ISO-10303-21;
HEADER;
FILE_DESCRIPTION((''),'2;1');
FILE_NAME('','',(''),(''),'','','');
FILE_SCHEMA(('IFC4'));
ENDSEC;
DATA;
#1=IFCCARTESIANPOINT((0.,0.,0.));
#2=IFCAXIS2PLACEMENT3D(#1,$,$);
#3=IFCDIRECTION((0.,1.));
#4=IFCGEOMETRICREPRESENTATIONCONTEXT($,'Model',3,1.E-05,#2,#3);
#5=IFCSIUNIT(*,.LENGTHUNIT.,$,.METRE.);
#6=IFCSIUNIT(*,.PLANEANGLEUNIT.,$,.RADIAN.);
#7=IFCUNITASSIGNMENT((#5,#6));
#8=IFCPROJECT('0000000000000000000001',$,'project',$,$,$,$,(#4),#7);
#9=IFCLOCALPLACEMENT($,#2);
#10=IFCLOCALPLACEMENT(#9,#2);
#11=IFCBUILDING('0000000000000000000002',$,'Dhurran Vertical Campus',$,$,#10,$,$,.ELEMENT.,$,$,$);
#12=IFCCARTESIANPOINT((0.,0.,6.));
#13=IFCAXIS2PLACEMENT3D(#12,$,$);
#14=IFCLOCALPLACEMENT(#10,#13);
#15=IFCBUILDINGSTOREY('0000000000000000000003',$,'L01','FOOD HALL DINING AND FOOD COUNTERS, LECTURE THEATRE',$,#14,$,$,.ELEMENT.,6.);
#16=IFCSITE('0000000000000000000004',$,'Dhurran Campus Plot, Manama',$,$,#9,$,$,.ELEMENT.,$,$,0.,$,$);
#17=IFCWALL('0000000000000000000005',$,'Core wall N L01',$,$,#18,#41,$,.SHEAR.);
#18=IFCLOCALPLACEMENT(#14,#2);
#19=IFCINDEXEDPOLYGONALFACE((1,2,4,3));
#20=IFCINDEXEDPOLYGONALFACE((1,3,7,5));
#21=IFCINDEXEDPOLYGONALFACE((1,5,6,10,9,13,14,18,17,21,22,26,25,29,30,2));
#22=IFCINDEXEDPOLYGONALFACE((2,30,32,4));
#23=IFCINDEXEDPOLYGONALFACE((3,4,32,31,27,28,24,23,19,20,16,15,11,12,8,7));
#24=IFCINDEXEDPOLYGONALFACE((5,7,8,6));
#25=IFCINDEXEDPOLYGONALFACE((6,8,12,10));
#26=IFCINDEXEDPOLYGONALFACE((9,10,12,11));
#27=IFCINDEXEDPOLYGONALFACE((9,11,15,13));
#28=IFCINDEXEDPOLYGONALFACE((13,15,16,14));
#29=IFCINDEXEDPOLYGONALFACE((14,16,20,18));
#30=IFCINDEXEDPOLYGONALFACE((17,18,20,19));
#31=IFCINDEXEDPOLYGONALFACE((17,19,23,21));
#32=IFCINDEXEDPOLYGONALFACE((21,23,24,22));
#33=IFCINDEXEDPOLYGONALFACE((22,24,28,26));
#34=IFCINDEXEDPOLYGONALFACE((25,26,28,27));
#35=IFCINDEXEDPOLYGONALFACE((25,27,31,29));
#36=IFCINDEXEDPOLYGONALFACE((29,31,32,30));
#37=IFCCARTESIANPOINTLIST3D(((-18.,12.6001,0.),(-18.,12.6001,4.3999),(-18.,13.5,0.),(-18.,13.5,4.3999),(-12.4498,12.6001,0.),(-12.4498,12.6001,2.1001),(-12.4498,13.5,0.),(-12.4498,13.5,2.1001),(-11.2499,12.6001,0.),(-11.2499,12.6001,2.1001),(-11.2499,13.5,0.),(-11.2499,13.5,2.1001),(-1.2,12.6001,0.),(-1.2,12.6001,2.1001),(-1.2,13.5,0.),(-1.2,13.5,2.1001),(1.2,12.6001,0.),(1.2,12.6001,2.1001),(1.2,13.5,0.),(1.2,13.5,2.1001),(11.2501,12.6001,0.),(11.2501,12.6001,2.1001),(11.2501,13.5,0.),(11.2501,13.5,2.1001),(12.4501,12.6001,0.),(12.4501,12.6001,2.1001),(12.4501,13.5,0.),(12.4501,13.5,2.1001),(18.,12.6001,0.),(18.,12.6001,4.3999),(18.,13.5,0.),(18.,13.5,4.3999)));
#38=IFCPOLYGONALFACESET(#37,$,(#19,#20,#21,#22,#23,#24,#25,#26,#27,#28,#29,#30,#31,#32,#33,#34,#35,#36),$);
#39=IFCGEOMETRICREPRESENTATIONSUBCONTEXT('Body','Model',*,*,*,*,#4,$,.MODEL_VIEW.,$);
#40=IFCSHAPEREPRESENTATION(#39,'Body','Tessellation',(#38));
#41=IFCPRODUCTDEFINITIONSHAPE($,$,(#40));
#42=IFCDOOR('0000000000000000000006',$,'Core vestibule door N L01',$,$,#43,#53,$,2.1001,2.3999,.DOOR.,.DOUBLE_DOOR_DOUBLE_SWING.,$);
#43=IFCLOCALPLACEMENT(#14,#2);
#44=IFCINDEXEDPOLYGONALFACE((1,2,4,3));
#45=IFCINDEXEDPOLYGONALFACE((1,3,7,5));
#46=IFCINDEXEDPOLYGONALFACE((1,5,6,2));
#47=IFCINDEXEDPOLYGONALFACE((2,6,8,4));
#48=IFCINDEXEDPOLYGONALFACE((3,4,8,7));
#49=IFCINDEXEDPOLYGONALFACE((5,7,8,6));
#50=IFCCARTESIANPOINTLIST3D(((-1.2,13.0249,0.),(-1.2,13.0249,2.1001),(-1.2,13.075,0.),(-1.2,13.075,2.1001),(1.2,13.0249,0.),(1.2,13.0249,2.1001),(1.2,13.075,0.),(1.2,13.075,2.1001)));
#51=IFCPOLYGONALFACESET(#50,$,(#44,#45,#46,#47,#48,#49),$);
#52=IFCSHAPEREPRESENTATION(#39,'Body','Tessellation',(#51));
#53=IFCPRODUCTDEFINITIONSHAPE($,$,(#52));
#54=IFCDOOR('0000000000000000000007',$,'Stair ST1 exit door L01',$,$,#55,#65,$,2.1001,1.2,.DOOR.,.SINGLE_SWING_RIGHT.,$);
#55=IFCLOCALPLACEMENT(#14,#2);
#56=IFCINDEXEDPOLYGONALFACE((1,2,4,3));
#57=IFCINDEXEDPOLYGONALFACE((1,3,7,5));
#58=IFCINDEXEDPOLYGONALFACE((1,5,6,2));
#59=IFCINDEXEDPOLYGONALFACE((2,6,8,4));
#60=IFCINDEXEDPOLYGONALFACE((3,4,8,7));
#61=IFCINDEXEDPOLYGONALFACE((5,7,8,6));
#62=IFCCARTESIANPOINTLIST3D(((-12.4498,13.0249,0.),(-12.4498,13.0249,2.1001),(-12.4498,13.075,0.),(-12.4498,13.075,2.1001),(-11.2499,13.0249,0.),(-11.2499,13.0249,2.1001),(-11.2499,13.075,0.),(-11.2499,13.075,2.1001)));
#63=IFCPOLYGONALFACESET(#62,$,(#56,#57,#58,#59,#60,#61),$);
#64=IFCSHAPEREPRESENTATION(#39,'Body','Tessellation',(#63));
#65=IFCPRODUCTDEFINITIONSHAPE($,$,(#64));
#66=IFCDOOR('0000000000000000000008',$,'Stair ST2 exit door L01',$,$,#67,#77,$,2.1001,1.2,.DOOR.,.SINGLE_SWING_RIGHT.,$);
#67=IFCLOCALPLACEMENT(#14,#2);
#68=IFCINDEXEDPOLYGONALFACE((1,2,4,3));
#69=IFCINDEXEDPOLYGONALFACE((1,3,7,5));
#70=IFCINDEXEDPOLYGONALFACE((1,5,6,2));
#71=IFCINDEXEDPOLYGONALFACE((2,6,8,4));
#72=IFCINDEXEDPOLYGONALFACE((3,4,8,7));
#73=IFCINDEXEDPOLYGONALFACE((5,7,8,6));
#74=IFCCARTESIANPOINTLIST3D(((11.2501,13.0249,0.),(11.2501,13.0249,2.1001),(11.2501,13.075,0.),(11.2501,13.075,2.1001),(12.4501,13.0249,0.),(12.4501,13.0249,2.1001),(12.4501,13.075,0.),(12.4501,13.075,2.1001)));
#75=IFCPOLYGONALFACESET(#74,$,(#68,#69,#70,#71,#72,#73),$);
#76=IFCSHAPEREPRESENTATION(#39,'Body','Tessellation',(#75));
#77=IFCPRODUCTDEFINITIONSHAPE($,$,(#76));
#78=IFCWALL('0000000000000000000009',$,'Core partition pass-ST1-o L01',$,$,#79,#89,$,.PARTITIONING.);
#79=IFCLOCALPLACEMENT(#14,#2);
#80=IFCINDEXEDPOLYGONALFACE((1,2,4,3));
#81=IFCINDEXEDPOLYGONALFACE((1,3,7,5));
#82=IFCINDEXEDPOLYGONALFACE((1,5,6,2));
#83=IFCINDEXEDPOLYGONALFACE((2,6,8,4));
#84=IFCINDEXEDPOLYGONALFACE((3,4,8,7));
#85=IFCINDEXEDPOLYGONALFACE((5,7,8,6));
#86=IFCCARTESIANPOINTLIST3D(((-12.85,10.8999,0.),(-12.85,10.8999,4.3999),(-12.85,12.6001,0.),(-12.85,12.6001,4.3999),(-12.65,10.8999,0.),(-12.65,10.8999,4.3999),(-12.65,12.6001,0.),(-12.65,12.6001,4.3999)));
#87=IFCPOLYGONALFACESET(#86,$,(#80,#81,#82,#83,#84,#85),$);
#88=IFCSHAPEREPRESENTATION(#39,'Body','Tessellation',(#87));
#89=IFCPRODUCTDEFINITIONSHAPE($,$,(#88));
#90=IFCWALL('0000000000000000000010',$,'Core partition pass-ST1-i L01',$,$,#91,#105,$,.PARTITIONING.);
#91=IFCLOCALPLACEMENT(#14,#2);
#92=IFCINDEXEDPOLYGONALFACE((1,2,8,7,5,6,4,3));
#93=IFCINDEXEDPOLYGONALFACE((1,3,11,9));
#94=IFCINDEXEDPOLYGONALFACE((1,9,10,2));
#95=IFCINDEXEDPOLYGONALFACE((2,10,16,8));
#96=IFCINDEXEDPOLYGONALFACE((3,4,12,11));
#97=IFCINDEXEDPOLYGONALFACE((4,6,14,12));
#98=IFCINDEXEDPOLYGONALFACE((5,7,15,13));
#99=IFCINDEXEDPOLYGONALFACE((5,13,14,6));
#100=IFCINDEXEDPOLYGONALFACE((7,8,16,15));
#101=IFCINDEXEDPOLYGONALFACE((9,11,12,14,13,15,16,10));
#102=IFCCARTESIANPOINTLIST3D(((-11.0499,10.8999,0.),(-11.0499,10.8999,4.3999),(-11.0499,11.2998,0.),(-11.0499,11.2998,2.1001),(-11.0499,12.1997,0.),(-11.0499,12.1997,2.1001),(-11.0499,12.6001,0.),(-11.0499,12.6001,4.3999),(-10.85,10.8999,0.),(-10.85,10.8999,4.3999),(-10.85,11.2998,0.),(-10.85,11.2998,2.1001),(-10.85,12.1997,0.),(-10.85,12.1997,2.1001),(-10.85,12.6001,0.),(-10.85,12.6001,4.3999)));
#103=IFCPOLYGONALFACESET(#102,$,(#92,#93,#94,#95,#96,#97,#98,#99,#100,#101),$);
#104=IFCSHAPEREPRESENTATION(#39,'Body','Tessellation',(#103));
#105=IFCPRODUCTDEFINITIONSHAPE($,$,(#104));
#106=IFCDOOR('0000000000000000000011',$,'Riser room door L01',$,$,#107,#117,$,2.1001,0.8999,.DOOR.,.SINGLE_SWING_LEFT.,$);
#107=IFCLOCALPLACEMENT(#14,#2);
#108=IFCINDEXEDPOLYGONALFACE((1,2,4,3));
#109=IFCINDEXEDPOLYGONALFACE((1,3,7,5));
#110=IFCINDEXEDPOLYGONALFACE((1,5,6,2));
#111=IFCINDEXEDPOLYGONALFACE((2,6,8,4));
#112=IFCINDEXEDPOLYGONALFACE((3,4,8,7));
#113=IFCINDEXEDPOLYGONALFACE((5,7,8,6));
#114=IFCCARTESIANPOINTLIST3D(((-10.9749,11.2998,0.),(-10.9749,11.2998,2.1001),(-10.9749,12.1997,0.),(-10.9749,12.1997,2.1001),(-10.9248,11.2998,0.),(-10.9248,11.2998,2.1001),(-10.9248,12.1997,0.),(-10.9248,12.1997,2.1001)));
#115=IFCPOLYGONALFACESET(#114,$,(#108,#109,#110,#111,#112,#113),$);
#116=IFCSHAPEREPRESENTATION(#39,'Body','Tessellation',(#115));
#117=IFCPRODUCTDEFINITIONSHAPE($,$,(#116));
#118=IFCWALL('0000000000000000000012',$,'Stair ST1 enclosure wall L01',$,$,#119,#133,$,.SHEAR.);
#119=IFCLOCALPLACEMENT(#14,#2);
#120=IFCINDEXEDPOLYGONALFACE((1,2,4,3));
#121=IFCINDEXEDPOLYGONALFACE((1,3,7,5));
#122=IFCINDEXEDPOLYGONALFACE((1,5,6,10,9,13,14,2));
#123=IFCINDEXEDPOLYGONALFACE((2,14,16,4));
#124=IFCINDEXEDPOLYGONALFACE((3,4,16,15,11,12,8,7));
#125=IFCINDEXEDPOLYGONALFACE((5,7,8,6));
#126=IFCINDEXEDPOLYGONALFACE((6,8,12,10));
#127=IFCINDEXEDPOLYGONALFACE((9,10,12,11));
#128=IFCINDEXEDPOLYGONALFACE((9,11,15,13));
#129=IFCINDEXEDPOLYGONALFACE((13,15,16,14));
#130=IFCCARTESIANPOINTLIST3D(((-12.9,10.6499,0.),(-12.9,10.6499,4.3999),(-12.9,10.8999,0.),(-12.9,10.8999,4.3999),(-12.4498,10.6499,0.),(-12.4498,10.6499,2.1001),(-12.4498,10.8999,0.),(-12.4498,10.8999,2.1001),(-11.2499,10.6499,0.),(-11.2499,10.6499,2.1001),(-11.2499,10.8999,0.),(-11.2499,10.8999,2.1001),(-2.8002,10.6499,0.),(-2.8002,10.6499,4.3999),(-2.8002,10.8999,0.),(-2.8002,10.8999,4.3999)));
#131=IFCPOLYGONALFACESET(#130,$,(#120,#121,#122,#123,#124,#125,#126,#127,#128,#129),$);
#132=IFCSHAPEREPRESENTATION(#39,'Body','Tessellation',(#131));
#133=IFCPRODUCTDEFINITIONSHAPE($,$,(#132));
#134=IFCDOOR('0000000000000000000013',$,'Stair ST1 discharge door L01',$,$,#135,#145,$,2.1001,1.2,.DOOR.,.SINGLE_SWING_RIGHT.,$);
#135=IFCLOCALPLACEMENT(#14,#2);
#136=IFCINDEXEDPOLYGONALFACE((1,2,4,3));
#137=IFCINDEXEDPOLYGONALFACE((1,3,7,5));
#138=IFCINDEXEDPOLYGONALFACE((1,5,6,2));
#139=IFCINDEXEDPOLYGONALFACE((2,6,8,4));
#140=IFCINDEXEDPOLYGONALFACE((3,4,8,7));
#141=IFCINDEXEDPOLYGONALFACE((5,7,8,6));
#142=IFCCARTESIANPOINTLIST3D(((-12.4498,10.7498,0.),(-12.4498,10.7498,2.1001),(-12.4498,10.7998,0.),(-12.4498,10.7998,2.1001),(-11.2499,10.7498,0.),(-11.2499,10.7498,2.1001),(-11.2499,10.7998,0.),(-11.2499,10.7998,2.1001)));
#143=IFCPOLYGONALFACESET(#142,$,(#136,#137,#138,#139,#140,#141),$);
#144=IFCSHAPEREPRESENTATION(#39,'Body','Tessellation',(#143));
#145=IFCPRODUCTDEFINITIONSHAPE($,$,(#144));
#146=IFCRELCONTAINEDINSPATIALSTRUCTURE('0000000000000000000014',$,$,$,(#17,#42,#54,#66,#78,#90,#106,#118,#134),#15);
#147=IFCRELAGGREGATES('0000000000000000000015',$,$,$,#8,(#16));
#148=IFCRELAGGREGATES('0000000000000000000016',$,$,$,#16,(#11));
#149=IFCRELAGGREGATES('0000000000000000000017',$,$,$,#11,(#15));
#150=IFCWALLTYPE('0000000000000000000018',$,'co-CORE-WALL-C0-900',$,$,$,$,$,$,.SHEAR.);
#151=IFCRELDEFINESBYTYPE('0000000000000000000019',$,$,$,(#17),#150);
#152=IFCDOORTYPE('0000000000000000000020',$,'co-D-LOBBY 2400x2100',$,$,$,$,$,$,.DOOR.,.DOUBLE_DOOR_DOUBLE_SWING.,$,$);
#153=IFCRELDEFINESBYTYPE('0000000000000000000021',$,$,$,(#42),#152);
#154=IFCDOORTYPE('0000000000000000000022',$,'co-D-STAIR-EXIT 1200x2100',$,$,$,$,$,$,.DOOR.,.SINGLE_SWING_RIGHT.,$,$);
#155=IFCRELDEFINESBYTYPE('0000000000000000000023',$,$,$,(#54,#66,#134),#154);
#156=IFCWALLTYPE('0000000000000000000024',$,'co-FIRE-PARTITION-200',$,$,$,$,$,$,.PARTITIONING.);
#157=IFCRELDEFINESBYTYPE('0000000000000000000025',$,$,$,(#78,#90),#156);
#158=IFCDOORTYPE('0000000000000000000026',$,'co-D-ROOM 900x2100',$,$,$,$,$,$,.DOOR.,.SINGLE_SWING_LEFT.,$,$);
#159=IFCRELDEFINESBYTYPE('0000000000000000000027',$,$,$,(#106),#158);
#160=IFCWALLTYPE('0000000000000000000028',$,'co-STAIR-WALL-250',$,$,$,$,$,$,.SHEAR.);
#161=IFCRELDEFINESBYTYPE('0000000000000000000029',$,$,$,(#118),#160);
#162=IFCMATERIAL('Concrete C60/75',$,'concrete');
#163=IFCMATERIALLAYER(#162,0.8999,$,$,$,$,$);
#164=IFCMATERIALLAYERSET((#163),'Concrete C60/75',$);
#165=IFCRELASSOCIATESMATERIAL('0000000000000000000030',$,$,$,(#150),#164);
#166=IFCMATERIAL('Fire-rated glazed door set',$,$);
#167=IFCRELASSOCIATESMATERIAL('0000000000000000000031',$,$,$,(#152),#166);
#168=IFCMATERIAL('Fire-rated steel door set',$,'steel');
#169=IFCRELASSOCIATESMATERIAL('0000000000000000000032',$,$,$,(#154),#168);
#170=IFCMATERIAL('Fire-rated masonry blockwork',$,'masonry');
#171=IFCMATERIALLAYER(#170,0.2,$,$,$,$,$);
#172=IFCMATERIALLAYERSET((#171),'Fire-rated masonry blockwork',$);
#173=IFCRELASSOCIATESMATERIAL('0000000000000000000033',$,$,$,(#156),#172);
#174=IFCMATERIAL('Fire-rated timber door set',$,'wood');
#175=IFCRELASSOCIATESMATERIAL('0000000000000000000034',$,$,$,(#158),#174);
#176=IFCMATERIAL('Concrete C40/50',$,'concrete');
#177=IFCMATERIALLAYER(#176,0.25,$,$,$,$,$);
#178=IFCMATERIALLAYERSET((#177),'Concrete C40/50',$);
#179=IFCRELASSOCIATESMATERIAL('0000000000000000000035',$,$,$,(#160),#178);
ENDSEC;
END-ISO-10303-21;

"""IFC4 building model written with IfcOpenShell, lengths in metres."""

from ifc_helpers import new_model, si_unit, direction, frame, frame_2d, origin, place, context, subcontext, project, spatial, rectangle, extrude, material, layer, layer_set, type_object, element, fill, save


model = new_model("IFC4")

# Units and contexts
model_context = context("Model", 3, precision=1e-05, world=origin(), true_north=direction((0.0, 1.0)))
body_context = subcontext(model_context, "Body", "Model", "MODEL_VIEW")
ifc_project = project(units=[si_unit("LENGTHUNIT", "METRE"), si_unit("PLANEANGLEUNIT", "RADIAN")], contexts=[model_context])

# Site, building, storey
site_placement = place(None, origin())
site = spatial("IfcSite", under=ifc_project, at=site_placement, Name="Dhurran Campus Plot, Manama", CompositionType="ELEMENT", RefElevation=0.0)
building_placement = place(site_placement, origin())
building = spatial("IfcBuilding", under=site, at=building_placement, Name="Dhurran Vertical Campus", CompositionType="ELEMENT")
storey_placement = place(building_placement, frame((0.0, 0.0, 6.0)))
storey = spatial("IfcBuildingStorey", under=building, at=storey_placement, Name="L01", Description="FOOD HALL DINING AND FOOD COUNTERS, LECTURE THEATRE", CompositionType="ELEMENT", Elevation=6.0)

# Wall, openings, doors
ifc_material_1 = material(Name="Concrete C60/75", Category="concrete")
ifc_layer_1 = layer(ifc_material_1, 0.8999)
ifc_layer_set_1 = layer_set([ifc_layer_1], Name="Concrete C60/75")
wall_type_1 = type_object("IfcWallType", Name="co-CORE-WALL-C0-900", PredefinedType="SHEAR", material=ifc_layer_set_1)
wall_1_placement = place(storey_placement, frame((-18.0, 13.05, 0.0), z_axis=(0.0, 0.0, 1.0), x_axis=(1.0, 0.0, 0.0)))
wall_1 = element("IfcWall", 1, at=wall_1_placement, inside=storey, type_object=wall_type_1, Name="Core wall N L01", PredefinedType="SHEAR", context=body_context, shape_type="SweptSolid", body=[
    extrude(rectangle(XDim=36.0, YDim=0.8999, at=frame_2d((18.0, 0.0))), origin(), (0.0, 0.0, 1.0), 4.3999),
])
opening_1_placement = place(wall_1_placement, frame((16.8, 0.0, 0.0)))
opening_1 = element("IfcOpeningElement", 2, at=opening_1_placement, cuts=wall_1, PredefinedType="OPENING", context=body_context, shape_type="SweptSolid", body=[
    extrude(rectangle(XDim=2.3999, YDim=2.1001, at=frame_2d((1.2, 1.05))), frame((0.0, 0.46, 0.0), z_axis=(0.0, -1.0, 0.0), x_axis=(1.0, 0.0, 0.0)), (0.0, 0.0, 1.0), 0.9199),
])
opening_2_placement = place(wall_1_placement, frame((5.55, 0.0, 0.0)))
opening_2 = element("IfcOpeningElement", 3, at=opening_2_placement, cuts=wall_1, PredefinedType="OPENING", context=body_context, shape_type="SweptSolid", body=[
    extrude(rectangle(XDim=1.2, YDim=2.1001, at=frame_2d((0.6001, 1.05))), frame((0.0, 0.46, 0.0), z_axis=(0.0, -1.0, 0.0), x_axis=(1.0, 0.0, 0.0)), (0.0, 0.0, 1.0), 0.9199),
])
opening_3_placement = place(wall_1_placement, frame((29.25, 0.0, 0.0)))
opening_3 = element("IfcOpeningElement", 4, at=opening_3_placement, cuts=wall_1, PredefinedType="OPENING", context=body_context, shape_type="SweptSolid", body=[
    extrude(rectangle(XDim=1.2, YDim=2.1001, at=frame_2d((0.6001, 1.05))), frame((0.0, 0.46, 0.0), z_axis=(0.0, -1.0, 0.0), x_axis=(1.0, 0.0, 0.0)), (0.0, 0.0, 1.0), 0.9199),
])
ifc_material_2 = material(Name="Fire-rated glazed door set")
door_type_1 = type_object("IfcDoorType", Name="co-D-LOBBY 2400x2100", OperationType="DOUBLE_DOOR_DOUBLE_SWING", PredefinedType="DOOR", material=ifc_material_2)
door_1_placement = place(opening_1_placement, origin())
door_1 = element("IfcDoor", 5, at=door_1_placement, inside=storey, type_object=door_type_1, Name="Core vestibule door N L01", OperationType="DOUBLE_DOOR_DOUBLE_SWING", OverallHeight=2.1001, OverallWidth=2.3999, PredefinedType="DOOR", context=body_context, shape_type="SweptSolid", body=[
    extrude(rectangle(XDim=2.3999, YDim=2.1001, at=frame_2d((1.2, 1.05))), frame((0.0, 0.0249, 0.0), z_axis=(0.0, -1.0, 0.0), x_axis=(1.0, 0.0, 0.0)), (0.0, 0.0, 1.0), 0.05),
])
fill(opening_1, door_1)
ifc_material_3 = material(Name="Fire-rated steel door set", Category="steel")
door_type_2 = type_object("IfcDoorType", Name="co-D-STAIR-EXIT 1200x2100", OperationType="SINGLE_SWING_RIGHT", PredefinedType="DOOR", material=ifc_material_3)
door_2_placement = place(opening_2_placement, origin())
door_2 = element("IfcDoor", 6, at=door_2_placement, inside=storey, type_object=door_type_2, Name="Stair ST1 exit door L01", OperationType="SINGLE_SWING_RIGHT", OverallHeight=2.1001, OverallWidth=1.2, PredefinedType="DOOR", context=body_context, shape_type="SweptSolid", body=[
    extrude(rectangle(XDim=1.2, YDim=2.1001, at=frame_2d((0.6001, 1.05))), frame((0.0, 0.0249, 0.0), z_axis=(0.0, -1.0, 0.0), x_axis=(1.0, 0.0, 0.0)), (0.0, 0.0, 1.0), 0.05),
])
fill(opening_2, door_2)
door_3_placement = place(opening_3_placement, origin())
door_3 = element("IfcDoor", 7, at=door_3_placement, inside=storey, type_object=door_type_2, Name="Stair ST2 exit door L01", OperationType="SINGLE_SWING_RIGHT", OverallHeight=2.1001, OverallWidth=1.2, PredefinedType="DOOR", context=body_context, shape_type="SweptSolid", body=[
    extrude(rectangle(XDim=1.2, YDim=2.1001, at=frame_2d((0.6001, 1.05))), frame((0.0, 0.0249, 0.0), z_axis=(0.0, -1.0, 0.0), x_axis=(1.0, 0.0, 0.0)), (0.0, 0.0, 1.0), 0.05),
])
fill(opening_3, door_3)

# Wall
ifc_material_4 = material(Name="Fire-rated masonry blockwork", Category="masonry")
ifc_layer_2 = layer(ifc_material_4, 0.2)
ifc_layer_set_2 = layer_set([ifc_layer_2], Name="Fire-rated masonry blockwork")
wall_type_2 = type_object("IfcWallType", Name="co-FIRE-PARTITION-200", PredefinedType="PARTITIONING", material=ifc_layer_set_2)
wall_2_placement = place(storey_placement, frame((-12.75, 10.8999, 0.0), z_axis=(0.0, 0.0, 1.0), x_axis=(0.0, 1.0, 0.0)))
element("IfcWall", 8, at=wall_2_placement, inside=storey, type_object=wall_type_2, Name="Core partition pass-ST1-o L01", PredefinedType="PARTITIONING", context=body_context, shape_type="SweptSolid", body=[
    extrude(rectangle(XDim=1.7002, YDim=0.2, at=frame_2d((0.8501, 0.0))), origin(), (0.0, 0.0, 1.0), 4.3999),
])

# Walls, openings, doors
wall_3_placement = place(storey_placement, frame((-10.95, 10.8999, 0.0), z_axis=(0.0, 0.0, 1.0), x_axis=(0.0, 1.0, 0.0)))
wall_3 = element("IfcWall", 9, at=wall_3_placement, inside=storey, type_object=wall_type_2, Name="Core partition pass-ST1-i L01", PredefinedType="PARTITIONING", context=body_context, shape_type="SweptSolid", body=[
    extrude(rectangle(XDim=1.7002, YDim=0.2, at=frame_2d((0.8501, 0.0))), origin(), (0.0, 0.0, 1.0), 4.3999),
])
opening_4_placement = place(wall_3_placement, frame((0.3999, 0.0, 0.0)))
opening_4 = element("IfcOpeningElement", 10, at=opening_4_placement, cuts=wall_3, PredefinedType="OPENING", context=body_context, shape_type="SweptSolid", body=[
    extrude(rectangle(XDim=0.8999, YDim=2.1001, at=frame_2d((0.45, 1.05))), frame((0.0, 0.1099, 0.0), z_axis=(0.0, -1.0, 0.0), x_axis=(1.0, 0.0, 0.0)), (0.0, 0.0, 1.0), 0.22),
])
ifc_material_5 = material(Name="Fire-rated timber door set", Category="wood")
door_type_3 = type_object("IfcDoorType", Name="co-D-ROOM 900x2100", OperationType="SINGLE_SWING_LEFT", PredefinedType="DOOR", material=ifc_material_5)
door_4_placement = place(opening_4_placement, origin())
door_4 = element("IfcDoor", 11, at=door_4_placement, inside=storey, type_object=door_type_3, Name="Riser room door L01", OperationType="SINGLE_SWING_LEFT", OverallHeight=2.1001, OverallWidth=0.8999, PredefinedType="DOOR", context=body_context, shape_type="SweptSolid", body=[
    extrude(rectangle(XDim=0.8999, YDim=2.1001, at=frame_2d((0.45, 1.05))), frame((0.0, 0.0249, 0.0), z_axis=(0.0, -1.0, 0.0), x_axis=(1.0, 0.0, 0.0)), (0.0, 0.0, 1.0), 0.05),
])
fill(opening_4, door_4)
ifc_material_6 = material(Name="Concrete C40/50", Category="concrete")
ifc_layer_3 = layer(ifc_material_6, 0.25)
ifc_layer_set_3 = layer_set([ifc_layer_3], Name="Concrete C40/50")
wall_type_3 = type_object("IfcWallType", Name="co-STAIR-WALL-250", PredefinedType="SHEAR", material=ifc_layer_set_3)
wall_4_placement = place(storey_placement, frame((-12.8999, 10.7749, 0.0), z_axis=(0.0, 0.0, 1.0), x_axis=(1.0, 0.0, 0.0)))
wall_4 = element("IfcWall", 12, at=wall_4_placement, inside=storey, type_object=wall_type_3, Name="Stair ST1 enclosure wall L01", PredefinedType="SHEAR", context=body_context, shape_type="SweptSolid", body=[
    extrude(rectangle(XDim=10.0999, YDim=0.25, at=frame_2d((5.0498, 0.0))), origin(), (0.0, 0.0, 1.0), 4.3999),
])
opening_5_placement = place(wall_4_placement, frame((0.45, 0.0, 0.0)))
opening_5 = element("IfcOpeningElement", 13, at=opening_5_placement, cuts=wall_4, PredefinedType="OPENING", context=body_context, shape_type="SweptSolid", body=[
    extrude(rectangle(XDim=1.2, YDim=2.1001, at=frame_2d((0.6001, 1.05))), frame((0.0, 0.135, 0.0), z_axis=(0.0, -1.0, 0.0), x_axis=(1.0, 0.0, 0.0)), (0.0, 0.0, 1.0), 0.27),
])
door_5_placement = place(opening_5_placement, origin())
door_5 = element("IfcDoor", 14, at=door_5_placement, inside=storey, type_object=door_type_2, Name="Stair ST1 discharge door L01", OperationType="SINGLE_SWING_RIGHT", OverallHeight=2.1001, OverallWidth=1.2, PredefinedType="DOOR", context=body_context, shape_type="SweptSolid", body=[
    extrude(rectangle(XDim=1.2, YDim=2.1001, at=frame_2d((0.6001, 1.05))), frame((0.0, 0.0249, 0.0), z_axis=(0.0, -1.0, 0.0), x_axis=(1.0, 0.0, 0.0)), (0.0, 0.0, 1.0), 0.05),
])
fill(opening_5, door_5)

save(model, "model.ifc")
